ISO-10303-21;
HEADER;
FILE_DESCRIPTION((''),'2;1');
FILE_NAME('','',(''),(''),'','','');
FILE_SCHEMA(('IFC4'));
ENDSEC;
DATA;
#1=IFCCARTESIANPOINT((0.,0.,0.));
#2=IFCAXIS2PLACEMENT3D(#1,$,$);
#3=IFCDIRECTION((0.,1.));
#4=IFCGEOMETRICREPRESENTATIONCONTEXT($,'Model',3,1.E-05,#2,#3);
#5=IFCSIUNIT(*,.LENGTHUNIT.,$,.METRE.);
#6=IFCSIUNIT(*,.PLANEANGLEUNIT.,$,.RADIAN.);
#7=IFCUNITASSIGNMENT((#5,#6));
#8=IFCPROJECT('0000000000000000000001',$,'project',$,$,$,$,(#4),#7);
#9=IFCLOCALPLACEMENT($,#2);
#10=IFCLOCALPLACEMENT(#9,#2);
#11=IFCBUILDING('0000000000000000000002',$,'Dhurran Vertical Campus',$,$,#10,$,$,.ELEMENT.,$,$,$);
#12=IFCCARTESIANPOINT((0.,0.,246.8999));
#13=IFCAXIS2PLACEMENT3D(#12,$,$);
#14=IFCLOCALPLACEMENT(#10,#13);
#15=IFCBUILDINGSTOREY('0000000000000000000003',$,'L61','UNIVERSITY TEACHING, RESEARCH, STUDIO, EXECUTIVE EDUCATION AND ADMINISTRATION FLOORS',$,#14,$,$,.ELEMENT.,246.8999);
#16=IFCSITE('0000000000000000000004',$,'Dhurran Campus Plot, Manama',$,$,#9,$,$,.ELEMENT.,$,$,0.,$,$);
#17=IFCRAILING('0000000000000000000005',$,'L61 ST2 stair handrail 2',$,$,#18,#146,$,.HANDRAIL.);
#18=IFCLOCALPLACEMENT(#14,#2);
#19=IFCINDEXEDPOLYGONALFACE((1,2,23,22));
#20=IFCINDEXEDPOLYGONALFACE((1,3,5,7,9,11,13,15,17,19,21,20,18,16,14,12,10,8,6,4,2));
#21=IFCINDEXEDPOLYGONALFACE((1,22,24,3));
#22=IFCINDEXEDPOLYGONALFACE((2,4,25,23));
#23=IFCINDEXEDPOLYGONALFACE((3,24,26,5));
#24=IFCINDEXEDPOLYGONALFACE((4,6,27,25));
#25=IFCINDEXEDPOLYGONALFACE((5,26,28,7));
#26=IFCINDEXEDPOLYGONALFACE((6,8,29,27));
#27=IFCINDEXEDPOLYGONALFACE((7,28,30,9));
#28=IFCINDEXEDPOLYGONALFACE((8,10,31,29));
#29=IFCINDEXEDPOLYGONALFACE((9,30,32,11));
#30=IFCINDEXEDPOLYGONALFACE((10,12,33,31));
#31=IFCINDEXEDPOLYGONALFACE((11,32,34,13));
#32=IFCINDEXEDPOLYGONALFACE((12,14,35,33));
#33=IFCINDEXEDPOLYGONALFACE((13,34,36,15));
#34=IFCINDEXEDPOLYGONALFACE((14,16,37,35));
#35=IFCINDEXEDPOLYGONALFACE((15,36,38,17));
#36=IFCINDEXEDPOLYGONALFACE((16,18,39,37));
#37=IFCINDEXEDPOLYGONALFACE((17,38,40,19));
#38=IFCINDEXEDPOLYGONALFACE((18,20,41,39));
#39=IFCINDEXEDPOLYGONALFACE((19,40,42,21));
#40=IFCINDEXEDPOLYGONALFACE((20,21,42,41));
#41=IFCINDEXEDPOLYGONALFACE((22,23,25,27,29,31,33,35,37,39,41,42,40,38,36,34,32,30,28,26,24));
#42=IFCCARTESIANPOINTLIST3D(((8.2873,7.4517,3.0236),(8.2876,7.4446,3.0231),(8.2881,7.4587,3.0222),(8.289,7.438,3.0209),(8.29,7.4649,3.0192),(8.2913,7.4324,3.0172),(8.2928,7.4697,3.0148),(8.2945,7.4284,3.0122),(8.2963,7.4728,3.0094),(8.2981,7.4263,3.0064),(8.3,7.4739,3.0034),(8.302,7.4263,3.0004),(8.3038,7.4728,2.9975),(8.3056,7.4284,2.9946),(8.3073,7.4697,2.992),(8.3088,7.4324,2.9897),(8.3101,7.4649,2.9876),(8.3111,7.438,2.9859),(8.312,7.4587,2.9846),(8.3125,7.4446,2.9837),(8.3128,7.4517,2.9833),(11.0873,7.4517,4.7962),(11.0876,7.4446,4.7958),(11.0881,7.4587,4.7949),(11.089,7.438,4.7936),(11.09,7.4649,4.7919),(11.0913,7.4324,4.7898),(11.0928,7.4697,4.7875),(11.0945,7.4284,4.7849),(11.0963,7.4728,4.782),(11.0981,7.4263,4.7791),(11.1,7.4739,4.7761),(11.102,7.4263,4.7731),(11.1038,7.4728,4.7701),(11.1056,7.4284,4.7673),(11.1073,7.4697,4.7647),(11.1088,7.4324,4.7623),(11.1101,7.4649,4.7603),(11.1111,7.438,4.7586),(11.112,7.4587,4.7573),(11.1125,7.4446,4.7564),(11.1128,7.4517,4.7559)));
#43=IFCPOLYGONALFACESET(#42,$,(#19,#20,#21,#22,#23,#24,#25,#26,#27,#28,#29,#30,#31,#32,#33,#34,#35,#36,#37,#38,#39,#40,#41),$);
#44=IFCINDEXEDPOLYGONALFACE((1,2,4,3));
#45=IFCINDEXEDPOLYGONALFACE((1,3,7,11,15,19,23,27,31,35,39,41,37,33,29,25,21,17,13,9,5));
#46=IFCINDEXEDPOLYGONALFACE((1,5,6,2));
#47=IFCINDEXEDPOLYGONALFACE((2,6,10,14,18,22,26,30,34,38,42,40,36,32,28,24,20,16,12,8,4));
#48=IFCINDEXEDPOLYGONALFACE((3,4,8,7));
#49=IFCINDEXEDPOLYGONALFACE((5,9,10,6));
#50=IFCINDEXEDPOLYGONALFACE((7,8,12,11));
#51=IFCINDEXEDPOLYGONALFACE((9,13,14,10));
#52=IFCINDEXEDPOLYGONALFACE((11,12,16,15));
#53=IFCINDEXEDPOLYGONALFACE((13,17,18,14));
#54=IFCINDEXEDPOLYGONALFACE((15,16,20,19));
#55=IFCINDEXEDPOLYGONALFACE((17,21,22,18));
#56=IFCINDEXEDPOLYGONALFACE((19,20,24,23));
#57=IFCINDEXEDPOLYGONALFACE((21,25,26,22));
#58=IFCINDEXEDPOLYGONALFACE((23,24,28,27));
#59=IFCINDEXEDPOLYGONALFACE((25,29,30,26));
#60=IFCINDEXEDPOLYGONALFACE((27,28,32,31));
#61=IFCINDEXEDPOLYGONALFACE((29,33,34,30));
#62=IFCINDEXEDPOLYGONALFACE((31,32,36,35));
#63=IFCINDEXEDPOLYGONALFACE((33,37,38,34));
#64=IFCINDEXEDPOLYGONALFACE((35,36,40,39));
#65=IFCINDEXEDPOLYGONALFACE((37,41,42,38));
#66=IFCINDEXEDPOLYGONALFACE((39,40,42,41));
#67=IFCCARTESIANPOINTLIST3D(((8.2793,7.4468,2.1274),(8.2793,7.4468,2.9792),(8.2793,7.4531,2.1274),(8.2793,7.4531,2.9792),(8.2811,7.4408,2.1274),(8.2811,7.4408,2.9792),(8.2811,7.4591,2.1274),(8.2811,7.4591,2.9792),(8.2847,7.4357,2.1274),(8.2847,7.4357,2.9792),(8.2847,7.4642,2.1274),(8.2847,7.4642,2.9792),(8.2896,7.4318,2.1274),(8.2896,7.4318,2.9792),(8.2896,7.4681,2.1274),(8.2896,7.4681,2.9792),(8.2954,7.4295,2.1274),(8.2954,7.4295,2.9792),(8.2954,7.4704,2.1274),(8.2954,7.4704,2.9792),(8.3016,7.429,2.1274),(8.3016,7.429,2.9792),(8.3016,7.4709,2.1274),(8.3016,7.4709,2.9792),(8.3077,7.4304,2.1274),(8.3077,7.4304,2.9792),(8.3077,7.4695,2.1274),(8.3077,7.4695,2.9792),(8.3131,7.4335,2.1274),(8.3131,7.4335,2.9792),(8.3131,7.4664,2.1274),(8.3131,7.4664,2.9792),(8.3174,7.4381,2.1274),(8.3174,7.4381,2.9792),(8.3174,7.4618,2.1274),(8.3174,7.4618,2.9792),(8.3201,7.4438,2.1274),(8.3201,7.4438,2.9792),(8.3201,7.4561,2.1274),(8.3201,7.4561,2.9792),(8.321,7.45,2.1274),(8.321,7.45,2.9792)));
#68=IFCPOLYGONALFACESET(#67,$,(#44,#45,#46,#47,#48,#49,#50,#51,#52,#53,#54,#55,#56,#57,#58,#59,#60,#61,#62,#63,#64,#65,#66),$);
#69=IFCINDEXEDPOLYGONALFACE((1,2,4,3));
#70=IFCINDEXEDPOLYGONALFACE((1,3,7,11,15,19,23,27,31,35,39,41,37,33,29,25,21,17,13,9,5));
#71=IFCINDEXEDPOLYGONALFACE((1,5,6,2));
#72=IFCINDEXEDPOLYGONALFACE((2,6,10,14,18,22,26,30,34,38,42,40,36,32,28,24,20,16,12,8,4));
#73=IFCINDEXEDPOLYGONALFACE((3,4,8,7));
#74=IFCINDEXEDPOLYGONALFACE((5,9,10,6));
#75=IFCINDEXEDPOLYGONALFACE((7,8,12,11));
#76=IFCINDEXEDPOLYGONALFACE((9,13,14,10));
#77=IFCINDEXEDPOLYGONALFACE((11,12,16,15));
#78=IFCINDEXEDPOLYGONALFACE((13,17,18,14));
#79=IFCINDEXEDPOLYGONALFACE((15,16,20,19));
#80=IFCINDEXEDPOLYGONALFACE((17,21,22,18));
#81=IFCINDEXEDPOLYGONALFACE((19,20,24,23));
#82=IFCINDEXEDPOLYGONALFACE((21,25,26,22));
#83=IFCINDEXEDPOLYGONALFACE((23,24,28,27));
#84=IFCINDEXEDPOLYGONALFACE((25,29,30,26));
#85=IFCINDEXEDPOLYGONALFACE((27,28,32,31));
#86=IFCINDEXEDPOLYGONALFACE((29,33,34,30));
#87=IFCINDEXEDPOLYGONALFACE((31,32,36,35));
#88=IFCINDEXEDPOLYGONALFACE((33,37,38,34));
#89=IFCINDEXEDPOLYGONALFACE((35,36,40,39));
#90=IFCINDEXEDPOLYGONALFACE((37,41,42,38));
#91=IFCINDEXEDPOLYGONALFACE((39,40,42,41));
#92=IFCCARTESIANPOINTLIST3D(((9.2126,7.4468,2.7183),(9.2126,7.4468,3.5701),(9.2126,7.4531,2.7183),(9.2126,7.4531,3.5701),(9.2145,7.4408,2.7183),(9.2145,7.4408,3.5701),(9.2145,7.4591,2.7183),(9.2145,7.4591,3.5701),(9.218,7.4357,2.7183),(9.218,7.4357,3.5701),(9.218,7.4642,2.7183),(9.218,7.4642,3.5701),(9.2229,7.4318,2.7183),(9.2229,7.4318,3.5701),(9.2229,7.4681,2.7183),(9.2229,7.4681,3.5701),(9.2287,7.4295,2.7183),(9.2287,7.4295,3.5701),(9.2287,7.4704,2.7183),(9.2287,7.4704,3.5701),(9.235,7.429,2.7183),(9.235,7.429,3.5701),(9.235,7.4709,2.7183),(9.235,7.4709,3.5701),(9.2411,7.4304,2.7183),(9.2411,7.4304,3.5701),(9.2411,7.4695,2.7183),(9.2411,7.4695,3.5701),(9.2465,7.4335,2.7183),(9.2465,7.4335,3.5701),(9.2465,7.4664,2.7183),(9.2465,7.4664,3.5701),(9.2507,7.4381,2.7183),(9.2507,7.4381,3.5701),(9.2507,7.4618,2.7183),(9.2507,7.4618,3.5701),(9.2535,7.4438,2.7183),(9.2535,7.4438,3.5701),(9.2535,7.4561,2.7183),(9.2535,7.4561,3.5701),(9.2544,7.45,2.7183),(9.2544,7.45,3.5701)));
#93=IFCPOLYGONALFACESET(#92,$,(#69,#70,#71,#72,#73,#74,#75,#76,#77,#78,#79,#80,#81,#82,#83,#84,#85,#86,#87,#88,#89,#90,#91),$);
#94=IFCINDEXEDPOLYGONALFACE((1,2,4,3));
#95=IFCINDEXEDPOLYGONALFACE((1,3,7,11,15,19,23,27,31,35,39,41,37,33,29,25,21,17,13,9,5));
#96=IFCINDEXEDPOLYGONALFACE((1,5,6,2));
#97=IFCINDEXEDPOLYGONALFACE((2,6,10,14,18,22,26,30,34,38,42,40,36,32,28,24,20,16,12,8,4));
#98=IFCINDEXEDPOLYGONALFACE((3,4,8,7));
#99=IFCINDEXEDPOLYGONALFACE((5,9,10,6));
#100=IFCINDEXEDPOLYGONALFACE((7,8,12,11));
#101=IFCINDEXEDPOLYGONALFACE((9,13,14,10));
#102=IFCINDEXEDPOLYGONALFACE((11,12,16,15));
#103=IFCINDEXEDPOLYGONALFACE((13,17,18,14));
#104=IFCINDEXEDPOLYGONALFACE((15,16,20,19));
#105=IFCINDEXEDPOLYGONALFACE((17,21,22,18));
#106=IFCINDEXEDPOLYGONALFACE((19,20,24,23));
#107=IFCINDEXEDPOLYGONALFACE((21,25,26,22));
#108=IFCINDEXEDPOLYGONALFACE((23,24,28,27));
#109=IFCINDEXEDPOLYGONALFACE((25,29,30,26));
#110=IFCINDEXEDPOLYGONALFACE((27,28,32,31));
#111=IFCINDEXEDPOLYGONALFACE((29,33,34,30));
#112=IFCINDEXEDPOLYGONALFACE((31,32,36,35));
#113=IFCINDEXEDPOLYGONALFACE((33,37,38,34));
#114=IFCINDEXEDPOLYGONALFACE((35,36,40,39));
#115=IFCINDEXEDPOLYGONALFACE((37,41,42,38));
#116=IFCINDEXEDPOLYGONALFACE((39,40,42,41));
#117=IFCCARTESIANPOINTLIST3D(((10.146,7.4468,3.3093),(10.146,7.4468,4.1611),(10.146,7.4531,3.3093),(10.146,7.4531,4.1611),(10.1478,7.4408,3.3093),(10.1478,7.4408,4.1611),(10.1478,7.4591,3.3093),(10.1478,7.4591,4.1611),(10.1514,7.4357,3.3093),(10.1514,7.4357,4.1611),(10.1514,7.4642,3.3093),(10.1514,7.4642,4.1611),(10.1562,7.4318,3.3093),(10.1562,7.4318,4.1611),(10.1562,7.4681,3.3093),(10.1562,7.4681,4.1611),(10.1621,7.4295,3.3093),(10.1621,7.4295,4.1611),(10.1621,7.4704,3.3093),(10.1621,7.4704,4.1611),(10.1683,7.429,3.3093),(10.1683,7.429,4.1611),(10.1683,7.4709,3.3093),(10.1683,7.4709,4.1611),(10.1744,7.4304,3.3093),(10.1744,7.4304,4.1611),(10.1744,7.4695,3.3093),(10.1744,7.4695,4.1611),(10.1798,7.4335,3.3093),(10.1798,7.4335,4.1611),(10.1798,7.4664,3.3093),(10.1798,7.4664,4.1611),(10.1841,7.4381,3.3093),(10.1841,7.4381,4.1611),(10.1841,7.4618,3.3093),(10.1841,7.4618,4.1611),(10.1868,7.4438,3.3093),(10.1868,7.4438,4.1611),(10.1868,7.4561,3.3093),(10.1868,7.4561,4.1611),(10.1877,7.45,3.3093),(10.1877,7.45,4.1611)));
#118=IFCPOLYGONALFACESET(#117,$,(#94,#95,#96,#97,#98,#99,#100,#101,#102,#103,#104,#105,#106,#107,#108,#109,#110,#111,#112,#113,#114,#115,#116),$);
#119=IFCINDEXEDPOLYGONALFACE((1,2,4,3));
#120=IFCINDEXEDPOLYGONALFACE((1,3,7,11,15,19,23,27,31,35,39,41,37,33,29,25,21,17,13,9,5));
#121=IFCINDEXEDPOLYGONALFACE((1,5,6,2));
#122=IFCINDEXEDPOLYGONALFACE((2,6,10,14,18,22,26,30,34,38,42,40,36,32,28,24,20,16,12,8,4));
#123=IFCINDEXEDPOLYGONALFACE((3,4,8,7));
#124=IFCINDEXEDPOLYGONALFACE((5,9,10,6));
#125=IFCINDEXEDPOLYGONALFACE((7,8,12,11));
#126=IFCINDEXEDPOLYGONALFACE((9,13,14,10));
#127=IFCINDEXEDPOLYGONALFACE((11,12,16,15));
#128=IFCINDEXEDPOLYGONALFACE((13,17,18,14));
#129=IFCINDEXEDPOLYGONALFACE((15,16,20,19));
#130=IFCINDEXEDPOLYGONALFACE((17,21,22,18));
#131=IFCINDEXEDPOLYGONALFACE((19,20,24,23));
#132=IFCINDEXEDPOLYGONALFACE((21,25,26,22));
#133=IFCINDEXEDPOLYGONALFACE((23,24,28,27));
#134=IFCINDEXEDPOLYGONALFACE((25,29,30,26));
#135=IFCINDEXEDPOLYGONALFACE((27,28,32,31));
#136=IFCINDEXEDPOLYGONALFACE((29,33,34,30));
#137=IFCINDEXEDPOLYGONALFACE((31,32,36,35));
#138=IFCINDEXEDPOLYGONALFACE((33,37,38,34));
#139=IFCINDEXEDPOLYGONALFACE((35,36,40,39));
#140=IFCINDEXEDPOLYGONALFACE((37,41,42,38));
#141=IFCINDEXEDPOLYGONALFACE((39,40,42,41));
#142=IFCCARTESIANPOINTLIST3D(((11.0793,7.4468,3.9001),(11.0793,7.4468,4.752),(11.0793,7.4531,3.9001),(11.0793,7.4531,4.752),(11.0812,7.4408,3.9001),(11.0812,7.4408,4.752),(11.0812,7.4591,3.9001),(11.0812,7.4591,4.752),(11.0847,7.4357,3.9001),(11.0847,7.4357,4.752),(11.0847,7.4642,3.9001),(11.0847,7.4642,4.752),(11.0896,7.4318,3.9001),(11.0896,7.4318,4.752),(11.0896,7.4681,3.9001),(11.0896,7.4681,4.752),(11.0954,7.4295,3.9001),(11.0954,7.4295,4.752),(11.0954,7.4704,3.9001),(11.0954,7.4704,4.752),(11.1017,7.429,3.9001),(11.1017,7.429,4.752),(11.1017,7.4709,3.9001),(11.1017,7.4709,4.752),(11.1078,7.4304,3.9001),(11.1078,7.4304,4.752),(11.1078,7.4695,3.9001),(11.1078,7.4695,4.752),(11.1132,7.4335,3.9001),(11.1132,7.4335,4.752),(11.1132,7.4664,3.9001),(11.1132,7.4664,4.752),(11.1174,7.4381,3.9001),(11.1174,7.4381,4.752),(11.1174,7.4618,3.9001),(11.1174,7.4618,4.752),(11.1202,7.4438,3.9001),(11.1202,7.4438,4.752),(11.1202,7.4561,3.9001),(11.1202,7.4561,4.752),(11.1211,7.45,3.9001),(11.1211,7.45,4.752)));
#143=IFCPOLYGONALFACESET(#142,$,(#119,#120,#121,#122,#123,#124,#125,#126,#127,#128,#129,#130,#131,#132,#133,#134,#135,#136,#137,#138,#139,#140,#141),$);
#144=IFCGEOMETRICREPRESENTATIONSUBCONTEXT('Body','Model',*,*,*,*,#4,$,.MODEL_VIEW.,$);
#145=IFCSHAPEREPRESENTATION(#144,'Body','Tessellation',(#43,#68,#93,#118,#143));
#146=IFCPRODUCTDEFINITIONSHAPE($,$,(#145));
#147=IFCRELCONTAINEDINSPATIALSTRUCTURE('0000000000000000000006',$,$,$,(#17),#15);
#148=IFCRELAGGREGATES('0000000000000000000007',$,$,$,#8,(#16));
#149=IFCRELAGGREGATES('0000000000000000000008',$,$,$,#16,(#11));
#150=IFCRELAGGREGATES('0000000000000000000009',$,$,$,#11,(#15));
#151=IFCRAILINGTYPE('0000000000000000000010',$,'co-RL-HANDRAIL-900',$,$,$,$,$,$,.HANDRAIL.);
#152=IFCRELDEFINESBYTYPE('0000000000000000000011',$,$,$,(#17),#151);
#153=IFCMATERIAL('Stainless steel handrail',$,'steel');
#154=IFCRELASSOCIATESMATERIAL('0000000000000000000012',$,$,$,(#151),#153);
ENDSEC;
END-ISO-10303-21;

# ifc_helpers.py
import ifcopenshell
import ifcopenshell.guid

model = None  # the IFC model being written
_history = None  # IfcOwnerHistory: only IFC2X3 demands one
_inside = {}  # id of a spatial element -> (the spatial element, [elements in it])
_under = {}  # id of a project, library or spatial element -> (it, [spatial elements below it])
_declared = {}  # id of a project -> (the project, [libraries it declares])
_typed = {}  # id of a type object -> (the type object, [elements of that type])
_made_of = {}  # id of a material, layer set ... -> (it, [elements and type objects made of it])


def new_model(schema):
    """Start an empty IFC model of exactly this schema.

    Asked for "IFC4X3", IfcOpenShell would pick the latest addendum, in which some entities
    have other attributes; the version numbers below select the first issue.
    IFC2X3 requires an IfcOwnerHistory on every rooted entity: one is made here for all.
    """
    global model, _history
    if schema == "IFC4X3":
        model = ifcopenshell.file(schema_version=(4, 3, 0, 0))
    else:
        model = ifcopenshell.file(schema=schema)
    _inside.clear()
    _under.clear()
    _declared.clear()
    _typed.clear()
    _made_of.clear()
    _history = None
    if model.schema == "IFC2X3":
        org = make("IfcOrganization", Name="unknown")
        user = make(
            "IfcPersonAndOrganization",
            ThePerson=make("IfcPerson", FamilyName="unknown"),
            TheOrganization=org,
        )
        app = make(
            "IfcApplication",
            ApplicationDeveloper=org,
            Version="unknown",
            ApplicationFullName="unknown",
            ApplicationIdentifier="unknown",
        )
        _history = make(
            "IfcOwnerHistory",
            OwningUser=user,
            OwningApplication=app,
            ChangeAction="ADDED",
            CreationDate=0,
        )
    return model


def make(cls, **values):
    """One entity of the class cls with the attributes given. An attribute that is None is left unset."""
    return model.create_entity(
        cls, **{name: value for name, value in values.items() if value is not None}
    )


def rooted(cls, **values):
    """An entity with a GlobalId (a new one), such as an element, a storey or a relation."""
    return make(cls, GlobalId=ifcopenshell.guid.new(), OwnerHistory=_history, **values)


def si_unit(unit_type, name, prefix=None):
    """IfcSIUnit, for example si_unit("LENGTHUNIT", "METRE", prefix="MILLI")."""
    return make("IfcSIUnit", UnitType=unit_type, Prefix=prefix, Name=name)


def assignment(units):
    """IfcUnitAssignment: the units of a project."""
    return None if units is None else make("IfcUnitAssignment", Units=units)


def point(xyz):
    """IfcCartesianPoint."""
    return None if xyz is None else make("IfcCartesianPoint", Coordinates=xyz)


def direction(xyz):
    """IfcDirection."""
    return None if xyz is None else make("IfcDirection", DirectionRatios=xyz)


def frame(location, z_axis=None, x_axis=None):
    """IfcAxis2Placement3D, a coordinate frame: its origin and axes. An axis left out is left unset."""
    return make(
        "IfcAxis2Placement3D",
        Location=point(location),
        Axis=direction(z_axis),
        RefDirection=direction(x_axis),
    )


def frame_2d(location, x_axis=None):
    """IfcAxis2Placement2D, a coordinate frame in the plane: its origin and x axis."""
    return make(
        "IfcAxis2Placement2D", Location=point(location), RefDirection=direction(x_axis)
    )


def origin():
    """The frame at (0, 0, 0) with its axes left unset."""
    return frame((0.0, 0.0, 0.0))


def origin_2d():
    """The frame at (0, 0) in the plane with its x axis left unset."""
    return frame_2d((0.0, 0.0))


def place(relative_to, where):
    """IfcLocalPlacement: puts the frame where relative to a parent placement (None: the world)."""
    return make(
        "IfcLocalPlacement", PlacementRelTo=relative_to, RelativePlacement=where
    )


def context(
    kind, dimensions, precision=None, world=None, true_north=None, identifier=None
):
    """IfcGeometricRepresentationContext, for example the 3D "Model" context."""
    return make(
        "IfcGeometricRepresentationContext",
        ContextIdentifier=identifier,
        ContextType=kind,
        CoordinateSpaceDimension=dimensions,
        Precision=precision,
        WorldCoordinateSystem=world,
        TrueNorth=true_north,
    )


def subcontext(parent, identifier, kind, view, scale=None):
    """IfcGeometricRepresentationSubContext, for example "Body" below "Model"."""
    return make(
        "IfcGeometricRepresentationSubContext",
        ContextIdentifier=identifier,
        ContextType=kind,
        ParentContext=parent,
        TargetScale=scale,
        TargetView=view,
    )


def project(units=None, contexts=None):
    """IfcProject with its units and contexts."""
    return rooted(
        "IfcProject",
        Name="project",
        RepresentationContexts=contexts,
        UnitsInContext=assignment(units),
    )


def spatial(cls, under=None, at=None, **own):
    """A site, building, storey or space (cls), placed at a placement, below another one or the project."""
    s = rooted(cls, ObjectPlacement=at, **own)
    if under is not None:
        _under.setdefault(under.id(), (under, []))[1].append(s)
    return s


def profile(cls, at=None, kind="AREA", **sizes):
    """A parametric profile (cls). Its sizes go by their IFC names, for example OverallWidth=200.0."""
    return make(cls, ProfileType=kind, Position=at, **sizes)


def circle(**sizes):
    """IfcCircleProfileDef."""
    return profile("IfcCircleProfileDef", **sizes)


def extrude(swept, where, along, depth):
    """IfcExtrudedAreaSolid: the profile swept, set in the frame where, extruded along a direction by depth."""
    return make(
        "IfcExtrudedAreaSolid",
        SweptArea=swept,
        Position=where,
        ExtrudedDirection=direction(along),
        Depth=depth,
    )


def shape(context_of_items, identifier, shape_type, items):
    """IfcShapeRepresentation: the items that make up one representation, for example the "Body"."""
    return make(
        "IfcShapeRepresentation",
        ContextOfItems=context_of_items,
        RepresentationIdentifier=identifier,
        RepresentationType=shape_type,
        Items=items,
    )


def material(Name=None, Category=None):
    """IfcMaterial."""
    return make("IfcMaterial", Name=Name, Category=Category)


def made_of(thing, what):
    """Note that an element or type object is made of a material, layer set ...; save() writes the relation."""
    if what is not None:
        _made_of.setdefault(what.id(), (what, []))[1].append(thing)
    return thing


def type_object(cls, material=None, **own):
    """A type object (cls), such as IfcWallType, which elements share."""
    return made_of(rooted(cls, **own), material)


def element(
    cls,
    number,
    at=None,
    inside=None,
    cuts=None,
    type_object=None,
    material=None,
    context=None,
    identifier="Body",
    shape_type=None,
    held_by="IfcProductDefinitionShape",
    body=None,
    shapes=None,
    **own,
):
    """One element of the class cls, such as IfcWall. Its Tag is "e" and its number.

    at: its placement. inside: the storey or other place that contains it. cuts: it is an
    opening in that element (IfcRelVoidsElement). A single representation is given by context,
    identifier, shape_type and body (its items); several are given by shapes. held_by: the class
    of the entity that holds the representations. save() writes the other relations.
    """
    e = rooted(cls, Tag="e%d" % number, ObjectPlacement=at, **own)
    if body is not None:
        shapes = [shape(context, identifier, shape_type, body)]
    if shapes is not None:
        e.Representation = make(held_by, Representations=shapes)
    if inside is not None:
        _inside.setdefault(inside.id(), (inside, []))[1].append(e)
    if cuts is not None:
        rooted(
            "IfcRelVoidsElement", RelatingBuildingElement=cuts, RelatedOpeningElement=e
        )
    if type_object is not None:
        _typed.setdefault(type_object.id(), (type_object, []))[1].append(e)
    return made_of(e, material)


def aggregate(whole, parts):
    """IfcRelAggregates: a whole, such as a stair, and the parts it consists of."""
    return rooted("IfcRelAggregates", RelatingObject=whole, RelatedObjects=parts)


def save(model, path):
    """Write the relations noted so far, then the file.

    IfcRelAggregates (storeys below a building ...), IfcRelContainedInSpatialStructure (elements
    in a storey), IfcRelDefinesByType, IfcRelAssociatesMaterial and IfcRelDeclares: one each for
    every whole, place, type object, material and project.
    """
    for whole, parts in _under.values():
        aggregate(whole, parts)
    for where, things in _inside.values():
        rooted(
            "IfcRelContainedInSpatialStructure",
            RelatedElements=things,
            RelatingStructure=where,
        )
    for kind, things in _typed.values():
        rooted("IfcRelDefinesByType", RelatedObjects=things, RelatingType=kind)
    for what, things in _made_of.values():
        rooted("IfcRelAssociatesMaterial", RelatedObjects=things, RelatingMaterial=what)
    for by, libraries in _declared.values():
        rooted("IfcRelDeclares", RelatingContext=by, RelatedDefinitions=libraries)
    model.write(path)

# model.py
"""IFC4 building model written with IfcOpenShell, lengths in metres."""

from ifc_helpers import new_model, si_unit, direction, frame, origin, origin_2d, place, context, subcontext, project, spatial, circle, extrude, material, type_object, element, save


model = new_model("IFC4")

# Units and contexts
model_context = context("Model", 3, precision=1e-05, world=origin(), true_north=direction((0.0, 1.0)))
body_context = subcontext(model_context, "Body", "Model", "MODEL_VIEW")
ifc_project = project(units=[si_unit("LENGTHUNIT", "METRE"), si_unit("PLANEANGLEUNIT", "RADIAN")], contexts=[model_context])

# Site, building, storey
site_placement = place(None, origin())
site = spatial("IfcSite", under=ifc_project, at=site_placement, Name="Dhurran Campus Plot, Manama", CompositionType="ELEMENT", RefElevation=0.0)
building_placement = place(site_placement, origin())
building = spatial("IfcBuilding", under=site, at=building_placement, Name="Dhurran Vertical Campus", CompositionType="ELEMENT")
storey_placement = place(building_placement, frame((0.0, 0.0, 246.8999)))
storey = spatial("IfcBuildingStorey", under=building, at=storey_placement, Name="L61", Description="UNIVERSITY TEACHING, RESEARCH, STUDIO, EXECUTIVE EDUCATION AND ADMINISTRATION FLOORS", CompositionType="ELEMENT", Elevation=246.8999)

# Railing
ifc_material_1 = material(Name="Stainless steel handrail", Category="steel")
railing_type_1 = type_object("IfcRailingType", Name="co-RL-HANDRAIL-900", PredefinedType="HANDRAIL", material=ifc_material_1)
railing_1_placement = place(storey_placement, frame((8.3, 7.45, 2.1274)))
element("IfcRailing", 1, at=railing_1_placement, inside=storey, type_object=railing_type_1, Name="L61 ST2 stair handrail 2", PredefinedType="HANDRAIL", context=body_context, shape_type="SweptSolid", body=[
    extrude(circle(Radius=0.0239, at=origin_2d()), frame((0.0, 0.0, 0.876), z_axis=(0.844909, 0.0, 0.53491), x_axis=(0.0, 1.0, 0.0)), (0.0, 0.0, 1.0), 3.314),
    extrude(circle(Radius=0.021, at=origin_2d()), origin(), (0.0, 0.0, 1.0), 0.8518),
    extrude(circle(Radius=0.021, at=origin_2d()), frame((0.9333, 0.0, 0.5908)), (0.0, 0.0, 1.0), 0.8518),
    extrude(circle(Radius=0.021, at=origin_2d()), frame((1.8667, 0.0, 1.1819)), (0.0, 0.0, 1.0), 0.8518),
    extrude(circle(Radius=0.021, at=origin_2d()), frame((2.8, 0.0, 1.7727)), (0.0, 0.0, 1.0), 0.8518),
])

save(model, "model.ifc")
